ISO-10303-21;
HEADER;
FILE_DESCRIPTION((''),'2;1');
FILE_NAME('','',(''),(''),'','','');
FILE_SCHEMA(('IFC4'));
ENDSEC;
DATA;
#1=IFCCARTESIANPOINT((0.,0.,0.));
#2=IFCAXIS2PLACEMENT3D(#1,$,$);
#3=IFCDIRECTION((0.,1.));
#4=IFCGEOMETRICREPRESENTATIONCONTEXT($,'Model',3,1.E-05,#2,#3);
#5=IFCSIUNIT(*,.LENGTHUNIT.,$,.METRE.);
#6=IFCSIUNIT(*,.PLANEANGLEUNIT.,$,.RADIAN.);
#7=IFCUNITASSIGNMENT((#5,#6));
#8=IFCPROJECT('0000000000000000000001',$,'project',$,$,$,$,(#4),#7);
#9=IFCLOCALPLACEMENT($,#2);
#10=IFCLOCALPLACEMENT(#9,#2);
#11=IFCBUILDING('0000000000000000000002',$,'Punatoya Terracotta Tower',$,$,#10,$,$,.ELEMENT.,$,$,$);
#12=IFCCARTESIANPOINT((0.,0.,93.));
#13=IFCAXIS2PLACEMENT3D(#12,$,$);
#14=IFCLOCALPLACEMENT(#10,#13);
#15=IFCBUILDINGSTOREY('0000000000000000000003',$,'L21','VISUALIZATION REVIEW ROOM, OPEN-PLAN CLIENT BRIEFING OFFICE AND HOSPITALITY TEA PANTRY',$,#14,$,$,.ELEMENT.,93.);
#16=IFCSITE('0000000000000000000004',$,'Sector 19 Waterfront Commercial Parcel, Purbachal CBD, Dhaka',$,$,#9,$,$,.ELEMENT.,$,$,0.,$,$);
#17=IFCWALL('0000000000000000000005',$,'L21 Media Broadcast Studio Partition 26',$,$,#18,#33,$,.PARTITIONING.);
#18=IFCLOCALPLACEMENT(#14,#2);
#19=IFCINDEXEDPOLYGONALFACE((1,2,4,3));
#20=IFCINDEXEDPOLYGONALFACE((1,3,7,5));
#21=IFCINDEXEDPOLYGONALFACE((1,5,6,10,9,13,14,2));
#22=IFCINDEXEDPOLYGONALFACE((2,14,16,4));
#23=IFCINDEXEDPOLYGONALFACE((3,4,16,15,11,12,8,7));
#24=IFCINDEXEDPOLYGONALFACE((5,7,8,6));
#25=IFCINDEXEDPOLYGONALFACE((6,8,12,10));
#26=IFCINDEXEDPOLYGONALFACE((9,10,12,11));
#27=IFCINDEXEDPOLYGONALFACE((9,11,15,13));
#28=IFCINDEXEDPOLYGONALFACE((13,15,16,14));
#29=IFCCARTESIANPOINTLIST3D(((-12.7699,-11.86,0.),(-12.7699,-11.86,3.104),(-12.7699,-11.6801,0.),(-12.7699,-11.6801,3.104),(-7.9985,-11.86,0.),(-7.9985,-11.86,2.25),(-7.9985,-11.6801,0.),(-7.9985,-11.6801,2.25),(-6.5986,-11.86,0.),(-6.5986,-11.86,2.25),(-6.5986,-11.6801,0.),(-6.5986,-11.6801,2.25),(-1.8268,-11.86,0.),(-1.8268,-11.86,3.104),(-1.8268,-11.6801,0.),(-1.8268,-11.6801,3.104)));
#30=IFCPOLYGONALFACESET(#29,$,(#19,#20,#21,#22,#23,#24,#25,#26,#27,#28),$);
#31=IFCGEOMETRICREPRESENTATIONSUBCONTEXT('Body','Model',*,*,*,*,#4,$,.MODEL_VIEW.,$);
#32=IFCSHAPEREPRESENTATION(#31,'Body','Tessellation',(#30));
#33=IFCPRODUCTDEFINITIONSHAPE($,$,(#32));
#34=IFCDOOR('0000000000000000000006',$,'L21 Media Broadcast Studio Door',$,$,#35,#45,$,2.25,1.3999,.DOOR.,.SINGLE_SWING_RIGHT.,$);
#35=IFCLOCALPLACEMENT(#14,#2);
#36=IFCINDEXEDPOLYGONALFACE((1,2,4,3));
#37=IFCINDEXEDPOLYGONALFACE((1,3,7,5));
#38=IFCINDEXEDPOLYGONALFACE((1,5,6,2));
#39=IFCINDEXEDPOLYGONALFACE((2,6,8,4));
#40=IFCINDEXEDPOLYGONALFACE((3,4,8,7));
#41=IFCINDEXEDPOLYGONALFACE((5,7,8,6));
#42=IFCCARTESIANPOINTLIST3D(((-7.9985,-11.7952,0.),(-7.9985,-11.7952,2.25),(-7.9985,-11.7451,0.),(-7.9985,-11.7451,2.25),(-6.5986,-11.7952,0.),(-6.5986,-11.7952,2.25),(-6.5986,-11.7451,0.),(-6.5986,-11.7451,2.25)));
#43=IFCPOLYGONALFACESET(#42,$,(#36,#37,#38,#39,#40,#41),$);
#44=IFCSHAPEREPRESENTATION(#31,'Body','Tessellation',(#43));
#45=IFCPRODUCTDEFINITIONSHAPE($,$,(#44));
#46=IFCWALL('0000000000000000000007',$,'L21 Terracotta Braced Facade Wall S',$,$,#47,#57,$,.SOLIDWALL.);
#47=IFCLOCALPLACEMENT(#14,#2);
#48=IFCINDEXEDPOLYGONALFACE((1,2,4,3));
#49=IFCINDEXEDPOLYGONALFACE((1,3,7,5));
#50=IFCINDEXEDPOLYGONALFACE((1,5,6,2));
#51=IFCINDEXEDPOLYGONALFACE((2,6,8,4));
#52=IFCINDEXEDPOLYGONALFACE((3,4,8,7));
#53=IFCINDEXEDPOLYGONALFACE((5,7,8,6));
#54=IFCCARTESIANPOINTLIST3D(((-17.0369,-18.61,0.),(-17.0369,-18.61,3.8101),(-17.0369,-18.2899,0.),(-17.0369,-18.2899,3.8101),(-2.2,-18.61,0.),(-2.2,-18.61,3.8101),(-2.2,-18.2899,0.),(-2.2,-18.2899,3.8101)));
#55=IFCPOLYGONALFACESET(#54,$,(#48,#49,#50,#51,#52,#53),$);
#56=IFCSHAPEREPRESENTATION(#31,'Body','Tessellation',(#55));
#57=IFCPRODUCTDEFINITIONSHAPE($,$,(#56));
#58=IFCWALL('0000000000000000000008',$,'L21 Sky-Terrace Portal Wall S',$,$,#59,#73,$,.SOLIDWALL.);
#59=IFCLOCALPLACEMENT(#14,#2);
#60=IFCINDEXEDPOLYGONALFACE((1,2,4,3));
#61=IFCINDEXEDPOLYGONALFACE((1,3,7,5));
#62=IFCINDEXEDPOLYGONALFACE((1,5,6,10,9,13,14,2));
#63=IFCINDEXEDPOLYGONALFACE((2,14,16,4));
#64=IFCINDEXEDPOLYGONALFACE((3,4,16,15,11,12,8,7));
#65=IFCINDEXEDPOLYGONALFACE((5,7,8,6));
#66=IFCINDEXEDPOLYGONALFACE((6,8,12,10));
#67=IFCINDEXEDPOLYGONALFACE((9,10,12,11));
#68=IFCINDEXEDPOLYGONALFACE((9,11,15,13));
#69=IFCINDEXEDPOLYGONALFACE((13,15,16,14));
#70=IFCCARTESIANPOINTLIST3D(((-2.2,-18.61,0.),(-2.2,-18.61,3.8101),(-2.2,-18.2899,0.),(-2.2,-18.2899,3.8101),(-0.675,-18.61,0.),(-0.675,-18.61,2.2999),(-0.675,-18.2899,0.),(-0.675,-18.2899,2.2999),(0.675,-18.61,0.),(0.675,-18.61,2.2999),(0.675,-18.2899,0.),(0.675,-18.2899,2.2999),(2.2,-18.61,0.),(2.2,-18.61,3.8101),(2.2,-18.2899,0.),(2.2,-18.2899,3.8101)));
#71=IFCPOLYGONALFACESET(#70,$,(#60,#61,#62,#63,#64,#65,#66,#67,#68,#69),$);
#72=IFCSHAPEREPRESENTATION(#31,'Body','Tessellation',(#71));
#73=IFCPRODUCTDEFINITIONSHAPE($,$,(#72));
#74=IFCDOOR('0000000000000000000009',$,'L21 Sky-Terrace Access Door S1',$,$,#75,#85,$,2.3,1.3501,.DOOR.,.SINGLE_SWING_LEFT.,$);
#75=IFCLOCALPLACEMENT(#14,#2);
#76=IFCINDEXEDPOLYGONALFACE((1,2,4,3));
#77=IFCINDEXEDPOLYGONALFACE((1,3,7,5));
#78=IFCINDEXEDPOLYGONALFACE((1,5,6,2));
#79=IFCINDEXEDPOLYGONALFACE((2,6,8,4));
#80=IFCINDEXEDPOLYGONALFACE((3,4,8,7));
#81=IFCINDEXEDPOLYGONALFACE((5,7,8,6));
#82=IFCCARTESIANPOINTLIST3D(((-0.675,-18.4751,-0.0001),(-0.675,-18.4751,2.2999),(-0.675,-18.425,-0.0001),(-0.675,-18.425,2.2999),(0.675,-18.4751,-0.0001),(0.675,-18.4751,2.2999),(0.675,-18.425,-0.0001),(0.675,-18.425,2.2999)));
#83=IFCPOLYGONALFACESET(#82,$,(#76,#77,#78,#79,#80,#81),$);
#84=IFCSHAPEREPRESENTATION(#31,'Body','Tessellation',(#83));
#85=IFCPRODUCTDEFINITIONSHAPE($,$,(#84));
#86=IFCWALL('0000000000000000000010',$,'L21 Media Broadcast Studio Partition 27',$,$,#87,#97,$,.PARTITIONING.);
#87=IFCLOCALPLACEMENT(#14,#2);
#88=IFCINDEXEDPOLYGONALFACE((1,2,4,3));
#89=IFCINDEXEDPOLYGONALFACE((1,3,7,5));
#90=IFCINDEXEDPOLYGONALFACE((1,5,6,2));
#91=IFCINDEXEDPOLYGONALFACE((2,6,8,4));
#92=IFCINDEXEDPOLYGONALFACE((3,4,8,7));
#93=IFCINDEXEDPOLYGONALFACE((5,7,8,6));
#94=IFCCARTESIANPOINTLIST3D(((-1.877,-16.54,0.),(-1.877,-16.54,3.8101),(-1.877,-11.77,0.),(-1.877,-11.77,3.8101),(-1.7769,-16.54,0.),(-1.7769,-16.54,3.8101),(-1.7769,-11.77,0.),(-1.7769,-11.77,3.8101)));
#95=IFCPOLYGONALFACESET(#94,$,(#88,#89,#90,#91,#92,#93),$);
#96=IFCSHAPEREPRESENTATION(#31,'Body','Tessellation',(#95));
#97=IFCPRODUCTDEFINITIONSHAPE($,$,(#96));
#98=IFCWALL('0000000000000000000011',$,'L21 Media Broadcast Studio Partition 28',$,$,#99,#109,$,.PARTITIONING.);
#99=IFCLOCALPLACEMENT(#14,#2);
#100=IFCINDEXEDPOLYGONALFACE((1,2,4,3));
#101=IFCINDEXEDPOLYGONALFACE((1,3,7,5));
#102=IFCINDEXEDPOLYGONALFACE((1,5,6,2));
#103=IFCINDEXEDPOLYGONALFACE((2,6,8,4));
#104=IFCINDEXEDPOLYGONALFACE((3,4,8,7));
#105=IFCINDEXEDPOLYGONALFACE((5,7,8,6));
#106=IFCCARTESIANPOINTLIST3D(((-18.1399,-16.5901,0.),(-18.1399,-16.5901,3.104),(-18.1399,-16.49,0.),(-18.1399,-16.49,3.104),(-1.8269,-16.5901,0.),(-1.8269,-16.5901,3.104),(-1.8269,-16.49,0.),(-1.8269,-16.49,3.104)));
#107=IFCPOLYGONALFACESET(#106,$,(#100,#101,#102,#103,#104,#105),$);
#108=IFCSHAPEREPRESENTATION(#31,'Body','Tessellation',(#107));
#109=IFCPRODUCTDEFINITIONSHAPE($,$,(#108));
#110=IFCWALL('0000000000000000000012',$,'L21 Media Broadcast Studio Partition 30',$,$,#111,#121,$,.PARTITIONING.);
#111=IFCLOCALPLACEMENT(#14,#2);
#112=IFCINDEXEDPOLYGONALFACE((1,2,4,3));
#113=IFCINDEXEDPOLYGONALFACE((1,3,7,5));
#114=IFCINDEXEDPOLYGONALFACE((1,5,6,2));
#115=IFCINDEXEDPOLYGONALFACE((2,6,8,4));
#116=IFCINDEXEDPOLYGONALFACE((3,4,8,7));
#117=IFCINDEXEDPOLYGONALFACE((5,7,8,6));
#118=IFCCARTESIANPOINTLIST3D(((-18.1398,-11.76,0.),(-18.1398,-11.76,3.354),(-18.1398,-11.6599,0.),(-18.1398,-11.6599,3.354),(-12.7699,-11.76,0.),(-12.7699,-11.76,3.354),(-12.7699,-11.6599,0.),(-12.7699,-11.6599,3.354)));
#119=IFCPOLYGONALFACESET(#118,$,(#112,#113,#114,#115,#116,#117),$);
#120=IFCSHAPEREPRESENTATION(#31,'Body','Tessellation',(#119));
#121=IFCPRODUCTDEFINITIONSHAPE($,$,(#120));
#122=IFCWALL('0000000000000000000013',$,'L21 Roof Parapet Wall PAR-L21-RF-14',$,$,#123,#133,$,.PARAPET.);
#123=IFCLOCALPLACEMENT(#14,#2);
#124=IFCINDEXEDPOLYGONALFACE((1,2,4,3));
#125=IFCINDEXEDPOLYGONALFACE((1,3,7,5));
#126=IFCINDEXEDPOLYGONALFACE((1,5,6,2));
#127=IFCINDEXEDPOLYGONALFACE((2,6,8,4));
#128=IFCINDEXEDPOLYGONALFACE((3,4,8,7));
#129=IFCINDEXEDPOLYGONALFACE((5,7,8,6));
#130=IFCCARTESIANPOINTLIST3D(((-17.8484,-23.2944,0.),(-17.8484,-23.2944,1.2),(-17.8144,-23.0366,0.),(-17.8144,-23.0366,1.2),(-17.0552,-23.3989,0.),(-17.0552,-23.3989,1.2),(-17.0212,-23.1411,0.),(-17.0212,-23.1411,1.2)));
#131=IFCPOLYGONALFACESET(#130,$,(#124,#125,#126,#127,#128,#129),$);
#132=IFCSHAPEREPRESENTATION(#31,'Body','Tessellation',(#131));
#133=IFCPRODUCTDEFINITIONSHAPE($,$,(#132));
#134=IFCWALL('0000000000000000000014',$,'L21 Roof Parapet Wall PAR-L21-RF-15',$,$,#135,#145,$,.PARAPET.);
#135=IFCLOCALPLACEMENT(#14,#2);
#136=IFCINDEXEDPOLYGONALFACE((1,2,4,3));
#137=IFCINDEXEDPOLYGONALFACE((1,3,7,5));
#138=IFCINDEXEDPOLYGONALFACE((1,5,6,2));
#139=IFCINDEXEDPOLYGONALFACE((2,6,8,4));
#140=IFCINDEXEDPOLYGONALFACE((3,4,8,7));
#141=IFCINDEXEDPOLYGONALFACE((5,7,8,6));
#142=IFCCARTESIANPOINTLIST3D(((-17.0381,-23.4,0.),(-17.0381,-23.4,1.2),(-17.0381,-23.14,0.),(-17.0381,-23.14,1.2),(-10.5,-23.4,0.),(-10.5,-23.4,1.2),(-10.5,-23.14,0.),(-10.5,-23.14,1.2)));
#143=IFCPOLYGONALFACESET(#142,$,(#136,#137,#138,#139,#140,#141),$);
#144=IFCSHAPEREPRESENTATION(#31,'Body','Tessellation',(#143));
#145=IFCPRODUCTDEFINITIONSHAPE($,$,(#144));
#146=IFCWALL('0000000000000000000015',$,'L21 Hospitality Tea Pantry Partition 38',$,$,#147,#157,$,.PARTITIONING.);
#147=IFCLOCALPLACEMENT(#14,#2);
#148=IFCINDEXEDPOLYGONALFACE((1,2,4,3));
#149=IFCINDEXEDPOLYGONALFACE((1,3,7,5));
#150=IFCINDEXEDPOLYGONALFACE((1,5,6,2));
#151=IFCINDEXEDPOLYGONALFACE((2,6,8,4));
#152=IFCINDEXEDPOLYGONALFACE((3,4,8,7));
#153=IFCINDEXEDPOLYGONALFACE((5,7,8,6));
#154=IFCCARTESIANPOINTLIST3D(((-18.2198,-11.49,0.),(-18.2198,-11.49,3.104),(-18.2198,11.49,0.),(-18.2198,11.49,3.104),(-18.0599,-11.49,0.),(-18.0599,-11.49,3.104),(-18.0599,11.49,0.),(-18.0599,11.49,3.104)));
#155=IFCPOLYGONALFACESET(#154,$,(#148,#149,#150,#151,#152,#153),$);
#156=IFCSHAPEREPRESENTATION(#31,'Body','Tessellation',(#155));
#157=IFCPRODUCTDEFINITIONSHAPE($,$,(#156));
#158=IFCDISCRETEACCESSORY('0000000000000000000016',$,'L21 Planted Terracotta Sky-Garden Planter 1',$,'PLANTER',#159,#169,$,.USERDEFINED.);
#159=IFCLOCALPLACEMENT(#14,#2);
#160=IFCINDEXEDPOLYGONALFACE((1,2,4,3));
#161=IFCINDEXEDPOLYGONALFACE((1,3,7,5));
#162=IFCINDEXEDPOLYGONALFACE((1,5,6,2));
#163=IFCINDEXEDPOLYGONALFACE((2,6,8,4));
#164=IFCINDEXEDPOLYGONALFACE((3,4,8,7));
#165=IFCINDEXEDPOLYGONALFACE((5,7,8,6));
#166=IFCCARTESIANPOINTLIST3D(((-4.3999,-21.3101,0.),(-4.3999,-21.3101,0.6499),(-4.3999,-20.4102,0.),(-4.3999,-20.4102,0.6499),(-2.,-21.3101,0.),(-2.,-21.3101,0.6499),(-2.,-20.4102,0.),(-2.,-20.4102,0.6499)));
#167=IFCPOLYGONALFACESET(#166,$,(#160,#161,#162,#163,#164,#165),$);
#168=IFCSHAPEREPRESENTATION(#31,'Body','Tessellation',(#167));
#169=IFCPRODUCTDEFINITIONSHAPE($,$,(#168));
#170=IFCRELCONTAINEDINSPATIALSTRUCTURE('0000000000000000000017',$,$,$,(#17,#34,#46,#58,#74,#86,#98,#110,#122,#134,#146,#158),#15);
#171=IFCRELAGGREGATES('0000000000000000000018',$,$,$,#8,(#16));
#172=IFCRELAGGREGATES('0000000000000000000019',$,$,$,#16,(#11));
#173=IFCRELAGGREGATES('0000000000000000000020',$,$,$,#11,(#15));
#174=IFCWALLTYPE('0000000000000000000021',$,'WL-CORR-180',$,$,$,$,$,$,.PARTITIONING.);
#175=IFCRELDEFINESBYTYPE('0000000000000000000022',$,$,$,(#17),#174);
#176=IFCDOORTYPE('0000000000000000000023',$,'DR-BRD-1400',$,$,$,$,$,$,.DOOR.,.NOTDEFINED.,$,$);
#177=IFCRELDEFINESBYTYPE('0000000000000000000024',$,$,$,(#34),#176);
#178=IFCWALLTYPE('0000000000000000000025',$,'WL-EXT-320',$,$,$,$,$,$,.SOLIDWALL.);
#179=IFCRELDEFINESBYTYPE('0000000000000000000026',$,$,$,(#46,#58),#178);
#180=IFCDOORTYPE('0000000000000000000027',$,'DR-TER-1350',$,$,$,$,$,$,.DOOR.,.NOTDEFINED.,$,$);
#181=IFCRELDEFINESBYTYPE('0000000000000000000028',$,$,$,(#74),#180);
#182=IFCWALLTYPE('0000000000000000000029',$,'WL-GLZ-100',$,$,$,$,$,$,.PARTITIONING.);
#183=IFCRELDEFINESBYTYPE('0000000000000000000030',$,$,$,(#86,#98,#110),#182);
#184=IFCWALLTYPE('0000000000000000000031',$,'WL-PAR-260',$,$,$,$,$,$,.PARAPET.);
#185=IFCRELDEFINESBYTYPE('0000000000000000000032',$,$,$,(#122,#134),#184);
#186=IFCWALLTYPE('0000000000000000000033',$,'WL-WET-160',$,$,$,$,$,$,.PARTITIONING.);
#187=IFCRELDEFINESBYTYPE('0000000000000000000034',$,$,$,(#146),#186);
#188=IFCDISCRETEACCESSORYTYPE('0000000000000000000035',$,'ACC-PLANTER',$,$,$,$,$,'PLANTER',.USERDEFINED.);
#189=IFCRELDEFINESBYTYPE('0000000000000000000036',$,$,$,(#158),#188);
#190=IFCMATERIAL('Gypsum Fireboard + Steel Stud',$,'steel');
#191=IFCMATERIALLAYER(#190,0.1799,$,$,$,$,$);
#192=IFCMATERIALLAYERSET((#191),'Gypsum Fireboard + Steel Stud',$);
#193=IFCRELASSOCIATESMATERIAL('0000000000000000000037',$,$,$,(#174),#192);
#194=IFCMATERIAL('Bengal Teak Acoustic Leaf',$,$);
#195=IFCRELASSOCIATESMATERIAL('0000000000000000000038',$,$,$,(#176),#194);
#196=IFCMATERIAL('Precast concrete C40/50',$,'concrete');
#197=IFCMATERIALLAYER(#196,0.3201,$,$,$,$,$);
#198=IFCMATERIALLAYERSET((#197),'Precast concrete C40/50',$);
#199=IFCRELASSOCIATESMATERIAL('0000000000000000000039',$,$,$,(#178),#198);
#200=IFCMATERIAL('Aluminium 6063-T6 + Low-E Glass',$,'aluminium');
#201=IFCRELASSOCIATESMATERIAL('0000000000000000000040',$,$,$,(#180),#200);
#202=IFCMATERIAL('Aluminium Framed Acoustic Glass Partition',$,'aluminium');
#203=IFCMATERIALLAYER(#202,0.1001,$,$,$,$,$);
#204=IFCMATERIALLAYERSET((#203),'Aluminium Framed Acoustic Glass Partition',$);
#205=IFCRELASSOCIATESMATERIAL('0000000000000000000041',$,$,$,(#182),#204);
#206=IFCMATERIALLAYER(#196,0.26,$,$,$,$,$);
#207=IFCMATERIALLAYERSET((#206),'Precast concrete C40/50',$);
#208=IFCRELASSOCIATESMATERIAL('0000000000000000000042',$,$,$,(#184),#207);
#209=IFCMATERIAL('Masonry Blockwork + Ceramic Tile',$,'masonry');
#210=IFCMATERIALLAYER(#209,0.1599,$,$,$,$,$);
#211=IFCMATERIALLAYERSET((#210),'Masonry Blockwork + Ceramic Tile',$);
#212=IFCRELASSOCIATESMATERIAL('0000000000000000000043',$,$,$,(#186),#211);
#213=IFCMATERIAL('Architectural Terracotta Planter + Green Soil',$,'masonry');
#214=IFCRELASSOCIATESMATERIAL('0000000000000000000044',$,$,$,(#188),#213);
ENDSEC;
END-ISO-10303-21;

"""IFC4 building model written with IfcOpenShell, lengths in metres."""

from ifc_helpers import new_model, si_unit, direction, frame, frame_2d, origin, origin_2d, place, context, subcontext, project, spatial, rectangle, extrude, material, layer, layer_set, type_object, element, fill, save


model = new_model("IFC4")

# Units and contexts
model_context = context("Model", 3, precision=1e-05, world=origin(), true_north=direction((0.0, 1.0)))
body_context = subcontext(model_context, "Body", "Model", "MODEL_VIEW")
ifc_project = project(units=[si_unit("LENGTHUNIT", "METRE"), si_unit("PLANEANGLEUNIT", "RADIAN")], contexts=[model_context])

# Site, building, storey
site_placement = place(None, origin())
site = spatial("IfcSite", under=ifc_project, at=site_placement, Name="Sector 19 Waterfront Commercial Parcel, Purbachal CBD, Dhaka", CompositionType="ELEMENT", RefElevation=0.0)
building_placement = place(site_placement, origin())
building = spatial("IfcBuilding", under=site, at=building_placement, Name="Punatoya Terracotta Tower", CompositionType="ELEMENT")
storey_placement = place(building_placement, frame((0.0, 0.0, 93.0)))
storey = spatial("IfcBuildingStorey", under=building, at=storey_placement, Name="L21", Description="VISUALIZATION REVIEW ROOM, OPEN-PLAN CLIENT BRIEFING OFFICE AND HOSPITALITY TEA PANTRY", CompositionType="ELEMENT", Elevation=93.0)

# Wall, opening, door
ifc_material_1 = material(Name="Gypsum Fireboard + Steel Stud", Category="steel")
ifc_layer_1 = layer(ifc_material_1, 0.1799)
ifc_layer_set_1 = layer_set([ifc_layer_1], Name="Gypsum Fireboard + Steel Stud")
wall_type_1 = type_object("IfcWallType", Name="WL-CORR-180", PredefinedType="PARTITIONING", material=ifc_layer_set_1)
wall_1_placement = place(storey_placement, frame((-12.77, -11.77, 0.0), z_axis=(0.0, 0.0, 1.0), x_axis=(1.0, 0.0, 0.0)))
wall_1 = element("IfcWall", 1, at=wall_1_placement, inside=storey, type_object=wall_type_1, Name="L21 Media Broadcast Studio Partition 26", PredefinedType="PARTITIONING", context=body_context, shape_type="SweptSolid", body=[
    extrude(rectangle(XDim=10.9431, YDim=0.1799, at=frame_2d((5.4717, 0.0))), origin(), (0.0, 0.0, 1.0), 3.104),
])
opening_1_placement = place(wall_1_placement, frame((4.7715, 0.0, 0.0)))
opening_1 = element("IfcOpeningElement", 2, at=opening_1_placement, cuts=wall_1, PredefinedType="OPENING", context=body_context, shape_type="SweptSolid", body=[
    extrude(rectangle(XDim=1.3999, YDim=2.25, at=frame_2d((0.7, 1.125))), frame((0.0, 0.0999, 0.0), z_axis=(0.0, -1.0, 0.0), x_axis=(1.0, 0.0, 0.0)), (0.0, 0.0, 1.0), 0.2),
])
ifc_material_2 = material(Name="Bengal Teak Acoustic Leaf")
door_type_1 = type_object("IfcDoorType", Name="DR-BRD-1400", OperationType="NOTDEFINED", PredefinedType="DOOR", material=ifc_material_2)
door_1_placement = place(opening_1_placement, origin())
door_1 = element("IfcDoor", 3, at=door_1_placement, inside=storey, type_object=door_type_1, Name="L21 Media Broadcast Studio Door", OperationType="SINGLE_SWING_RIGHT", OverallHeight=2.25, OverallWidth=1.3999, PredefinedType="DOOR", context=body_context, shape_type="SweptSolid", body=[
    extrude(rectangle(XDim=1.3999, YDim=2.25, at=frame_2d((0.7, 1.125))), frame((0.0, 0.0249, 0.0), z_axis=(0.0, -1.0, 0.0), x_axis=(1.0, 0.0, 0.0)), (0.0, 0.0, 1.0), 0.05),
])
fill(opening_1, door_1)

# Wall
ifc_material_3 = material(Name="Precast concrete C40/50", Category="concrete")
ifc_layer_2 = layer(ifc_material_3, 0.3201)
ifc_layer_set_2 = layer_set([ifc_layer_2], Name="Precast concrete C40/50")
wall_type_2 = type_object("IfcWallType", Name="WL-EXT-320", PredefinedType="SOLIDWALL", material=ifc_layer_set_2)
wall_2_placement = place(storey_placement, frame((-17.0369, -18.45, 0.0), z_axis=(0.0, 0.0, 1.0), x_axis=(1.0, 0.0, 0.0)))
element("IfcWall", 4, at=wall_2_placement, inside=storey, type_object=wall_type_2, Name="L21 Terracotta Braced Facade Wall S", PredefinedType="SOLIDWALL", context=body_context, shape_type="SweptSolid", body=[
    extrude(rectangle(XDim=14.8369, YDim=0.3201, at=frame_2d((7.4185, 0.0))), origin(), (0.0, 0.0, 1.0), 3.8101),
])

# Wall, opening, door
wall_3_placement = place(storey_placement, frame((-2.2, -18.45, 0.0), z_axis=(0.0, 0.0, 1.0), x_axis=(1.0, 0.0, 0.0)))
wall_3 = element("IfcWall", 5, at=wall_3_placement, inside=storey, type_object=wall_type_2, Name="L21 Sky-Terrace Portal Wall S", PredefinedType="SOLIDWALL", context=body_context, shape_type="SweptSolid", body=[
    extrude(rectangle(XDim=4.3999, YDim=0.3201, at=frame_2d((2.2, 0.0))), origin(), (0.0, 0.0, 1.0), 3.8101),
])
opening_2_placement = place(wall_3_placement, frame((1.5249, 0.0, 0.0)))
opening_2 = element("IfcOpeningElement", 6, at=opening_2_placement, cuts=wall_3, PredefinedType="OPENING", context=body_context, shape_type="SweptSolid", body=[
    extrude(rectangle(XDim=1.3501, YDim=2.3, at=frame_2d((0.675, 1.1499))), frame((0.0, 0.1699, 0.0), z_axis=(0.0, -1.0, 0.0), x_axis=(1.0, 0.0, 0.0)), (0.0, 0.0, 1.0), 0.3401),
])
ifc_material_4 = material(Name="Aluminium 6063-T6 + Low-E Glass", Category="aluminium")
door_type_2 = type_object("IfcDoorType", Name="DR-TER-1350", OperationType="NOTDEFINED", PredefinedType="DOOR", material=ifc_material_4)
door_2_placement = place(opening_2_placement, origin())
door_2 = element("IfcDoor", 7, at=door_2_placement, inside=storey, type_object=door_type_2, Name="L21 Sky-Terrace Access Door S1", OperationType="SINGLE_SWING_LEFT", OverallHeight=2.3, OverallWidth=1.3501, PredefinedType="DOOR", context=body_context, shape_type="SweptSolid", body=[
    extrude(rectangle(XDim=1.3501, YDim=2.3, at=frame_2d((0.675, 1.1499))), frame((0.0, 0.0249, 0.0), z_axis=(0.0, -1.0, 0.0), x_axis=(1.0, 0.0, 0.0)), (0.0, 0.0, 1.0), 0.05),
])
fill(opening_2, door_2)

# Walls
ifc_material_5 = material(Name="Aluminium Framed Acoustic Glass Partition", Category="aluminium")
ifc_layer_3 = layer(ifc_material_5, 0.1001)
ifc_layer_set_3 = layer_set([ifc_layer_3], Name="Aluminium Framed Acoustic Glass Partition")
wall_type_3 = type_object("IfcWallType", Name="WL-GLZ-100", PredefinedType="PARTITIONING", material=ifc_layer_set_3)
wall_4_placement = place(storey_placement, frame((-1.8269, -11.77, 0.0), z_axis=(0.0, 0.0, 1.0), x_axis=(0.0, -1.0, 0.0)))
element("IfcWall", 8, at=wall_4_placement, inside=storey, type_object=wall_type_3, Name="L21 Media Broadcast Studio Partition 27", PredefinedType="PARTITIONING", context=body_context, shape_type="SweptSolid", body=[
    extrude(rectangle(XDim=4.77, YDim=0.1001, at=frame_2d((2.385, 0.0))), origin(), (0.0, 0.0, 1.0), 3.8101),
])
wall_5_placement = place(storey_placement, frame((-1.8269, -16.54, 0.0), z_axis=(0.0, 0.0, 1.0), x_axis=(-1.0, 0.0, 0.0)))
element("IfcWall", 9, at=wall_5_placement, inside=storey, type_object=wall_type_3, Name="L21 Media Broadcast Studio Partition 28", PredefinedType="PARTITIONING", context=body_context, shape_type="SweptSolid", body=[
    extrude(rectangle(XDim=16.313, YDim=0.1001, at=frame_2d((8.1565, 0.0))), origin(), (0.0, 0.0, 1.0), 3.104),
])
wall_6_placement = place(storey_placement, frame((-18.1399, -11.71, 0.0), z_axis=(0.0, 0.0, 1.0), x_axis=(1.0, 0.0, 0.0)))
element("IfcWall", 10, at=wall_6_placement, inside=storey, type_object=wall_type_3, Name="L21 Media Broadcast Studio Partition 30", PredefinedType="PARTITIONING", context=body_context, shape_type="SweptSolid", body=[
    extrude(rectangle(XDim=5.3699, YDim=0.1001, at=frame_2d((2.6851, 0.0))), origin(), (0.0, 0.0, 1.0), 3.354),
])
ifc_layer_4 = layer(ifc_material_3, 0.26)
ifc_layer_set_4 = layer_set([ifc_layer_4], Name="Precast concrete C40/50")
wall_type_4 = type_object("IfcWallType", Name="WL-PAR-260", PredefinedType="PARAPET", material=ifc_layer_set_4)
wall_7_placement = place(storey_placement, frame((-17.8313, -23.1655, 0.0), z_axis=(0.0, 0.0, 1.0), x_axis=(0.991435, -0.130604, 0.0)))
element("IfcWall", 11, at=wall_7_placement, inside=storey, type_object=wall_type_4, Name="L21 Roof Parapet Wall PAR-L21-RF-14", PredefinedType="PARAPET", context=body_context, shape_type="SweptSolid", body=[
    extrude(rectangle(XDim=0.8, YDim=0.26, at=frame_2d((0.3999, 0.0))), origin(), (0.0, 0.0, 1.0), 1.2),
])
wall_8_placement = place(storey_placement, frame((-17.0381, -23.27, 0.0), z_axis=(0.0, 0.0, 1.0), x_axis=(1.0, 0.0, 0.0)))
element("IfcWall", 12, at=wall_8_placement, inside=storey, type_object=wall_type_4, Name="L21 Roof Parapet Wall PAR-L21-RF-15", PredefinedType="PARAPET", context=body_context, shape_type="SweptSolid", body=[
    extrude(rectangle(XDim=6.5381, YDim=0.26, at=frame_2d((3.269, 0.0))), origin(), (0.0, 0.0, 1.0), 1.2),
])
ifc_material_6 = material(Name="Masonry Blockwork + Ceramic Tile", Category="masonry")
ifc_layer_5 = layer(ifc_material_6, 0.1599)
ifc_layer_set_5 = layer_set([ifc_layer_5], Name="Masonry Blockwork + Ceramic Tile")
wall_type_5 = type_object("IfcWallType", Name="WL-WET-160", PredefinedType="PARTITIONING", material=ifc_layer_set_5)
wall_9_placement = place(storey_placement, frame((-18.1399, -11.49, 0.0), z_axis=(0.0, 0.0, 1.0), x_axis=(0.0, 1.0, 0.0)))
element("IfcWall", 13, at=wall_9_placement, inside=storey, type_object=wall_type_5, Name="L21 Hospitality Tea Pantry Partition 38", PredefinedType="PARTITIONING", context=body_context, shape_type="SweptSolid", body=[
    extrude(rectangle(XDim=22.98, YDim=0.1599, at=frame_2d((11.49, 0.0))), origin(), (0.0, 0.0, 1.0), 3.104),
])

# Discrete accessory
ifc_material_7 = material(Name="Architectural Terracotta Planter + Green Soil", Category="masonry")
discrete_accessory_type = type_object("IfcDiscreteAccessoryType", Name="ACC-PLANTER", ElementType="PLANTER", PredefinedType="USERDEFINED", material=ifc_material_7)
discrete_accessory_placement = place(storey_placement, frame((-3.2, -20.8601, 0.0), z_axis=(0.0, 0.0, 1.0), x_axis=(1.0, 0.0, 0.0)))
element("IfcDiscreteAccessory", 14, at=discrete_accessory_placement, inside=storey, type_object=discrete_accessory_type, Name="L21 Planted Terracotta Sky-Garden Planter 1", ObjectType="PLANTER", PredefinedType="USERDEFINED", context=body_context, shape_type="SweptSolid", body=[
    extrude(rectangle(XDim=2.3999, YDim=0.8999, at=origin_2d()), origin(), (0.0, 0.0, 1.0), 0.6499),
])

save(model, "model.ifc")
